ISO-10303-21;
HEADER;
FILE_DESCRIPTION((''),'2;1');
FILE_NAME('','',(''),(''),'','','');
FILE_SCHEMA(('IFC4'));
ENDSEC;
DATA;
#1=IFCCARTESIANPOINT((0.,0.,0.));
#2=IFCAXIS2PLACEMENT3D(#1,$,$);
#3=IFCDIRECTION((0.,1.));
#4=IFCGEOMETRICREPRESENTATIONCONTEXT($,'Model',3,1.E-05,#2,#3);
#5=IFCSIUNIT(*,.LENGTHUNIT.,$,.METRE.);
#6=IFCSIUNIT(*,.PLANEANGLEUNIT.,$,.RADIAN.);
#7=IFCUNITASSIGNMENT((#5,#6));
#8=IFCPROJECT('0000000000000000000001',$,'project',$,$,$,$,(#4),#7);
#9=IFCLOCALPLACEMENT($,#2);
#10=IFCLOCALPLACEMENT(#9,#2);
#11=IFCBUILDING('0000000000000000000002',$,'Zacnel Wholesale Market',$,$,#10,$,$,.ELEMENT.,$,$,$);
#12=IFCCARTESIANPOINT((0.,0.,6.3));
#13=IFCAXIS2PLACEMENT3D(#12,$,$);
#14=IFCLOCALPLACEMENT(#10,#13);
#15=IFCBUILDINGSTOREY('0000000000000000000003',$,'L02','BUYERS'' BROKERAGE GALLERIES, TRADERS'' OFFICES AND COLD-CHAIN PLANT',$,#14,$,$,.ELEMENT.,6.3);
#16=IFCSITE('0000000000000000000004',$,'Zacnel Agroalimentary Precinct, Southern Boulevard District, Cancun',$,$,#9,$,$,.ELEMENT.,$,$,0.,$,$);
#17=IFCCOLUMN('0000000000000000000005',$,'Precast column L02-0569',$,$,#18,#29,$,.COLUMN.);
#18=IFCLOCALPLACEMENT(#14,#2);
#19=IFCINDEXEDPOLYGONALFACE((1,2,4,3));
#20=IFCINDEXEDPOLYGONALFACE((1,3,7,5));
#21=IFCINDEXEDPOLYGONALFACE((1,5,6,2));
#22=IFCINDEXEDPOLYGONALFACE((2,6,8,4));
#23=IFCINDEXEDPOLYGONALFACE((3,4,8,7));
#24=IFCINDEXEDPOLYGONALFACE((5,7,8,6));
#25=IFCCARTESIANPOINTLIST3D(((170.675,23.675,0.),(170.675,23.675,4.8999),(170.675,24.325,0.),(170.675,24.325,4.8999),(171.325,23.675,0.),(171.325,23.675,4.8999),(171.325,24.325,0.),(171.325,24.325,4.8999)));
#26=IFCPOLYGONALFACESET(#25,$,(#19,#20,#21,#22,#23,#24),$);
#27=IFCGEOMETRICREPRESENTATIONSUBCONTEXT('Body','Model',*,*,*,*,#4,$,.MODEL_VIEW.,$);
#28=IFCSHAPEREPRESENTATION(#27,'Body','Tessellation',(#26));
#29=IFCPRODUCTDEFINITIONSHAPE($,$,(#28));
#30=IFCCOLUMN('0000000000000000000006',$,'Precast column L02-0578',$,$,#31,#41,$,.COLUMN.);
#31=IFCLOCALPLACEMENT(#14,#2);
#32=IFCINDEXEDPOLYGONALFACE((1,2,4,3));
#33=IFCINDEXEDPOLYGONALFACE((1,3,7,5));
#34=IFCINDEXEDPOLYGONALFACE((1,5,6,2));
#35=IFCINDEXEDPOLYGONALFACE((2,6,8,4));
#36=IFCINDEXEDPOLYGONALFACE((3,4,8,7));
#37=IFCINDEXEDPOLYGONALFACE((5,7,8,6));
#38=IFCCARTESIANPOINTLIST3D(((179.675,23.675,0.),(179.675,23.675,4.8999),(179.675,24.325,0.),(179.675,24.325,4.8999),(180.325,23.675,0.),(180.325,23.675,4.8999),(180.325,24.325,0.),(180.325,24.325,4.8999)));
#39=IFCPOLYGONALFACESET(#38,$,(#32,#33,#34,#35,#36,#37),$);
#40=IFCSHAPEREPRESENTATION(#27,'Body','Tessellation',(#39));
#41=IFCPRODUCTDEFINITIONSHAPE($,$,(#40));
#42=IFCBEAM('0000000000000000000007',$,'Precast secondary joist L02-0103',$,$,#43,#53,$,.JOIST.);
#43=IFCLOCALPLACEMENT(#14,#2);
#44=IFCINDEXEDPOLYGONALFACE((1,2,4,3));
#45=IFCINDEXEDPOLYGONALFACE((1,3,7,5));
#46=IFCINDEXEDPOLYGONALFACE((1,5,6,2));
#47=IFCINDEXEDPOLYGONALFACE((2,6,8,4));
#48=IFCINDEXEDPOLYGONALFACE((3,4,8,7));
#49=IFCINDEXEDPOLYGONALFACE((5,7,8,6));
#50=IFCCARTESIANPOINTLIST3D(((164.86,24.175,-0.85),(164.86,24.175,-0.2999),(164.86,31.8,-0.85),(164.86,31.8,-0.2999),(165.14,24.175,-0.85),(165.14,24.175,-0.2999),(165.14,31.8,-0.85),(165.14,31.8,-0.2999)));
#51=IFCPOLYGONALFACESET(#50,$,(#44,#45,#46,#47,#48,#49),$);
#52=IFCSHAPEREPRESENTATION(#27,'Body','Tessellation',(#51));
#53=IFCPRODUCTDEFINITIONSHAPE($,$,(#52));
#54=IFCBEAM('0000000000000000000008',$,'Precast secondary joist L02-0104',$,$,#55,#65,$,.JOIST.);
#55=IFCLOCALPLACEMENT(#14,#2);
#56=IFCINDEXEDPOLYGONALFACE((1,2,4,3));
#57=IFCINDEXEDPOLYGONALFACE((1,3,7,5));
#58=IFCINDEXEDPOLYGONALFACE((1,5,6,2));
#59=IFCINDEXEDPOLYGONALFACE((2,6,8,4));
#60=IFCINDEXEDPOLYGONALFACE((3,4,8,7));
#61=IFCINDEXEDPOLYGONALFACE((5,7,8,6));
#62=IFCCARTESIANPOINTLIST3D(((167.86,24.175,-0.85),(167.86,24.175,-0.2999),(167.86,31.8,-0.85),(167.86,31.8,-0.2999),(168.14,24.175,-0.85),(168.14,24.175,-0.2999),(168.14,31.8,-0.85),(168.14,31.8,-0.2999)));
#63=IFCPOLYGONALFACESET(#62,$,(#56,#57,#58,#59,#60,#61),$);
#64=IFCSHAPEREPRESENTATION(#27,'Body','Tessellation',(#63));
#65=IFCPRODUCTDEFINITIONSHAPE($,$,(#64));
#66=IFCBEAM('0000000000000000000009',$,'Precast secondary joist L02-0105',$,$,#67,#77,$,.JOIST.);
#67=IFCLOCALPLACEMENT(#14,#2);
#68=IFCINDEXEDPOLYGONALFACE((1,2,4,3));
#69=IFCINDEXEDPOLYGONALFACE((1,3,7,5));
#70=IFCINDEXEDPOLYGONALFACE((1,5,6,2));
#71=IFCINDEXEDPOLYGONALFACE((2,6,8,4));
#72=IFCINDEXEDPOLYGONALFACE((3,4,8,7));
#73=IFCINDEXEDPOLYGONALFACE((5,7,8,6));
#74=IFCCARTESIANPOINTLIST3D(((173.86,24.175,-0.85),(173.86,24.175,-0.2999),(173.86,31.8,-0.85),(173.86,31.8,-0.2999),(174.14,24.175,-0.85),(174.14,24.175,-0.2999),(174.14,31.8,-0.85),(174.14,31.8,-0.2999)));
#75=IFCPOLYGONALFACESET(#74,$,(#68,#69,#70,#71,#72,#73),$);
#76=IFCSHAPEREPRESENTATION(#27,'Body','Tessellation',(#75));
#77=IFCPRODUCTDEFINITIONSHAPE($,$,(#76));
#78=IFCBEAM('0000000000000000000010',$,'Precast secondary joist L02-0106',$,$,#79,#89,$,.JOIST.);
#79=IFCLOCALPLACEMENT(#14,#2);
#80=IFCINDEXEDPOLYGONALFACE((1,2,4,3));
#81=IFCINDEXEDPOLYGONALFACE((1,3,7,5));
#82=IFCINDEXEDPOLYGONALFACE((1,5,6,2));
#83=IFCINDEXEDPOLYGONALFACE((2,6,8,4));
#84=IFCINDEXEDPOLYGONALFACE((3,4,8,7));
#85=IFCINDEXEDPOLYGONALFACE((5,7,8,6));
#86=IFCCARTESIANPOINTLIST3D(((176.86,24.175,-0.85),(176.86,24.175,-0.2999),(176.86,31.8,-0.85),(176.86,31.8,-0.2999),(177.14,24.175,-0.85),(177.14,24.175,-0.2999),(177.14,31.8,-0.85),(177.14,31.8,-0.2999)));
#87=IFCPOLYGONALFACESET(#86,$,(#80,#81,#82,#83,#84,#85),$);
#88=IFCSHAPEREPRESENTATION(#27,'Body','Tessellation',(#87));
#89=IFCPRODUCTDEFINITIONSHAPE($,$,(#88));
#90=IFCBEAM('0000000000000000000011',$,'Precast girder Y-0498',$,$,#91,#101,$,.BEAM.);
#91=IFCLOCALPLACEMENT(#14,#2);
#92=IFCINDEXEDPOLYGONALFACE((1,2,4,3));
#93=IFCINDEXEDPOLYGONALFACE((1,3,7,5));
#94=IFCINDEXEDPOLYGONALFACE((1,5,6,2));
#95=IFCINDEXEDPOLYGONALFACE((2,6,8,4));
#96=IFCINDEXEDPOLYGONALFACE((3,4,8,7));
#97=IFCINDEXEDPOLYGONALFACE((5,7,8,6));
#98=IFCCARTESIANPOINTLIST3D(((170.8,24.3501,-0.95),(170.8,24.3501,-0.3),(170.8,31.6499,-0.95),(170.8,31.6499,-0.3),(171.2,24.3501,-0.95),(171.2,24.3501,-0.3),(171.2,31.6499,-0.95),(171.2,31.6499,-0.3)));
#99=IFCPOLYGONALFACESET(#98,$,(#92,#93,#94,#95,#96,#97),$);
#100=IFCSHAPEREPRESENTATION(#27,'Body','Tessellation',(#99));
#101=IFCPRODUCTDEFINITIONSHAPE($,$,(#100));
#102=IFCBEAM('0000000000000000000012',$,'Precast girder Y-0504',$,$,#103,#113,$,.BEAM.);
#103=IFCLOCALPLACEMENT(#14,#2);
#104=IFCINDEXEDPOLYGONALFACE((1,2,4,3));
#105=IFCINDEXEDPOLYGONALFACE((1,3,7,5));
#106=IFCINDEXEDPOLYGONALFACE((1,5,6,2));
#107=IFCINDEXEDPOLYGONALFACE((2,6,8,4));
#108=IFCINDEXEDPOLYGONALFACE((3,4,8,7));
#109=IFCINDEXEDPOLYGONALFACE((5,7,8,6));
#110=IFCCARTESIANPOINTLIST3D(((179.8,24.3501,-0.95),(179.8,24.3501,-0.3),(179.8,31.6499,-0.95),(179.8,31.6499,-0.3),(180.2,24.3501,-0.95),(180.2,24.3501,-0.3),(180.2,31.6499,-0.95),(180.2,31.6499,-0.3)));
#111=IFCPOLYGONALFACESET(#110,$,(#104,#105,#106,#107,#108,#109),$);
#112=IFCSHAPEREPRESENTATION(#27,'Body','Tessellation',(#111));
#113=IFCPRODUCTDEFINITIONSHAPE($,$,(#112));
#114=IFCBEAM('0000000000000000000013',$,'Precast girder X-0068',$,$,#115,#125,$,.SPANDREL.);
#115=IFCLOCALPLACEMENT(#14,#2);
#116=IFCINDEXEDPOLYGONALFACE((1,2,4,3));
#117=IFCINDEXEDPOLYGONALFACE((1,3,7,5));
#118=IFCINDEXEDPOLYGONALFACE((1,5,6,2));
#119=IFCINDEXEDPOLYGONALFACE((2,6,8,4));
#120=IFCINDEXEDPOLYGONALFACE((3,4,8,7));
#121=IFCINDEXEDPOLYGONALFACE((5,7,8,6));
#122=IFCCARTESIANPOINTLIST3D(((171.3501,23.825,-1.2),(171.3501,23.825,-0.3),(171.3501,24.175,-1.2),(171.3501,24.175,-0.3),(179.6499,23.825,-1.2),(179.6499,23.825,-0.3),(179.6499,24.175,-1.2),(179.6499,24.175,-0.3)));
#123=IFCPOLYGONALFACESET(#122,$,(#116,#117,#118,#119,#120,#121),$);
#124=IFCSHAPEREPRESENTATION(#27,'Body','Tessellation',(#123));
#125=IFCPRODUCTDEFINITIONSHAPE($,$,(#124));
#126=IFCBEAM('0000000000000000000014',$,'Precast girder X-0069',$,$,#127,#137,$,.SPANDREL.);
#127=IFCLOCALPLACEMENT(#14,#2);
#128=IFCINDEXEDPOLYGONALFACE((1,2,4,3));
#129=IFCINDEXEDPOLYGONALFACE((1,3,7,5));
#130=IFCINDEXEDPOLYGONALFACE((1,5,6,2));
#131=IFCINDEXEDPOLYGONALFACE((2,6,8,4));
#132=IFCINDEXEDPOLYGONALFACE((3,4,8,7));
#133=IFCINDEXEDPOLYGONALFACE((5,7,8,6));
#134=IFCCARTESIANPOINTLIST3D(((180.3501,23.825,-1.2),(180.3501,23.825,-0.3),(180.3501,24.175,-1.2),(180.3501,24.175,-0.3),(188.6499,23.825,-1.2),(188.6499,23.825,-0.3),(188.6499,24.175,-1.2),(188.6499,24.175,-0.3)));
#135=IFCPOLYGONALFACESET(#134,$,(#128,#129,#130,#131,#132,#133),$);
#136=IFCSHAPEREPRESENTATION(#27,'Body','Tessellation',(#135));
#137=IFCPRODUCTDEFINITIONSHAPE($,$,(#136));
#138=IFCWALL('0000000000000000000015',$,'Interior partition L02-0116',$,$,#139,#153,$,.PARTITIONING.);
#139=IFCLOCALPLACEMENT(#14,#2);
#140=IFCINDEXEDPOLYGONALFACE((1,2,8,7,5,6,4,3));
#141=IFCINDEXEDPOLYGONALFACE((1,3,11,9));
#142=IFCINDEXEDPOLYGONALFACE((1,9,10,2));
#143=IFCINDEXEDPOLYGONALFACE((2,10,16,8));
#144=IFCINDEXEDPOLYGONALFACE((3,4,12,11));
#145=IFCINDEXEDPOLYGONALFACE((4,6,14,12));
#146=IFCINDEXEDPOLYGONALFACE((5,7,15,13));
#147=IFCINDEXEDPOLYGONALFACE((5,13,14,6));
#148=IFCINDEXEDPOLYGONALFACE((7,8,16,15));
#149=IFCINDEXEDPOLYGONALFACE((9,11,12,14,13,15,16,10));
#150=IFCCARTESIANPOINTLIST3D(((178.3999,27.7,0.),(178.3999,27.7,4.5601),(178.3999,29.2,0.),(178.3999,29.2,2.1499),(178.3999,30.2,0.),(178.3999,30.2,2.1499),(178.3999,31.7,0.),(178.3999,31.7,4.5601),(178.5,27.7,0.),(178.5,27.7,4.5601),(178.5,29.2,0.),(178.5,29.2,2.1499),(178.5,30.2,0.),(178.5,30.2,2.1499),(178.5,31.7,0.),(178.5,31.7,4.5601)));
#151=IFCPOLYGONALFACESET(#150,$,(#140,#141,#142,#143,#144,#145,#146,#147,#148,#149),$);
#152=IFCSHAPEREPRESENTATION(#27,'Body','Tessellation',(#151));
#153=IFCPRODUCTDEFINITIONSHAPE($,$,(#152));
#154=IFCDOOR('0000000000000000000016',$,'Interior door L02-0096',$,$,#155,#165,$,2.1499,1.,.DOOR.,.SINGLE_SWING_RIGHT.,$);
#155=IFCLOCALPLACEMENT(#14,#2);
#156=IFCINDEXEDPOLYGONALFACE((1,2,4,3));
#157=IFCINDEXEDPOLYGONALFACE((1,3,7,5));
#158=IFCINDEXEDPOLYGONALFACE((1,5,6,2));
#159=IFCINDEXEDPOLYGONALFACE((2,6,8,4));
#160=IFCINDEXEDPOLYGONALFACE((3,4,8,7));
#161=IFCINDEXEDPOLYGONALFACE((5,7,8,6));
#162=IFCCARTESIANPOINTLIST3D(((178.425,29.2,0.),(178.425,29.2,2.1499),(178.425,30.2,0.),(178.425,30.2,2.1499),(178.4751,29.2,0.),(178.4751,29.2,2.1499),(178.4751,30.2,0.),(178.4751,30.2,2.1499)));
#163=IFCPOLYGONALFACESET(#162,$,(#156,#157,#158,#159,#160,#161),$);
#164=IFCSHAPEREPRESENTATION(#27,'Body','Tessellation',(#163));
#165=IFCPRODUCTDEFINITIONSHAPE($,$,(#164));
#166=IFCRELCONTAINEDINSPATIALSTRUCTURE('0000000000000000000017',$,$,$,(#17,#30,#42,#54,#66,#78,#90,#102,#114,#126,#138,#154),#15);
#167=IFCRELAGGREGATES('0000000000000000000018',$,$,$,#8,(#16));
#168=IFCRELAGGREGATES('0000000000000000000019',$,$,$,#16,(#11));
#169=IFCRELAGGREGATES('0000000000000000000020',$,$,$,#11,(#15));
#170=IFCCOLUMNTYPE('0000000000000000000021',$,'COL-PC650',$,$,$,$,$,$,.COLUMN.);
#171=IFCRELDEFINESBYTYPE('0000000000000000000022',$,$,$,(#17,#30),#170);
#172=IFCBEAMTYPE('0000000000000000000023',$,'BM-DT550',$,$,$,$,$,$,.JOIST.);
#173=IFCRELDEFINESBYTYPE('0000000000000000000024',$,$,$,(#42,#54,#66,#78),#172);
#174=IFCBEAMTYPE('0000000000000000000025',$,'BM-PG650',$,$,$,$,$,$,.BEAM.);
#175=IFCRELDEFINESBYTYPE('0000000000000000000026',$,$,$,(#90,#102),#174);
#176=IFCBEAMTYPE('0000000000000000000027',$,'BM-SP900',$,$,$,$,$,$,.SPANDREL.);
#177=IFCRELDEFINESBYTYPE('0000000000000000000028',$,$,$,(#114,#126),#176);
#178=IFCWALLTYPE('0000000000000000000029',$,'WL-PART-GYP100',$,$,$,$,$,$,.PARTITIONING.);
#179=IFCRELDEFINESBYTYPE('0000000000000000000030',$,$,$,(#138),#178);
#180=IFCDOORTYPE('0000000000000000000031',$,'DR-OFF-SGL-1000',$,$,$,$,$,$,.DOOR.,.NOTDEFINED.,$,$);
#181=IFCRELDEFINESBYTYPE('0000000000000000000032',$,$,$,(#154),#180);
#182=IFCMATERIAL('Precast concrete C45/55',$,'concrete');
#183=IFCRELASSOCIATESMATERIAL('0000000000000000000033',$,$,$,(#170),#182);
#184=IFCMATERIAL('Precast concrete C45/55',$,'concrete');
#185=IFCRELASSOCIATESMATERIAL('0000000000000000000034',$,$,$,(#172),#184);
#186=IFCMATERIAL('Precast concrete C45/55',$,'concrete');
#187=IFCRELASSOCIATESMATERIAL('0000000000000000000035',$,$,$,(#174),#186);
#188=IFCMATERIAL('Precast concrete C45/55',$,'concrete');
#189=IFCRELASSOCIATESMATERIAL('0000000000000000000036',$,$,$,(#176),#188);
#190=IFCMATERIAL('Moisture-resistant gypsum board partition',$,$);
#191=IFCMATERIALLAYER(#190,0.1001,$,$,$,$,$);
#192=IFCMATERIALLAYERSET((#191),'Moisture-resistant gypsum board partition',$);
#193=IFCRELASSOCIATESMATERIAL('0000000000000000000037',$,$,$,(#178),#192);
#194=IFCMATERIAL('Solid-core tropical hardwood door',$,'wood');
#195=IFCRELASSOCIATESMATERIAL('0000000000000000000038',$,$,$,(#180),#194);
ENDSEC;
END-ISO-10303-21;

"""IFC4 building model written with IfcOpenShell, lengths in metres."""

from ifc_helpers import new_model, si_unit, direction, frame, frame_2d, origin, origin_2d, place, context, subcontext, project, spatial, rectangle, extrude, material, layer, layer_set, material_profile, profile_set, type_object, element, fill, save


model = new_model("IFC4")

# Units and contexts
model_context = context("Model", 3, precision=1e-05, world=origin(), true_north=direction((0.0, 1.0)))
body_context = subcontext(model_context, "Body", "Model", "MODEL_VIEW")
ifc_project = project(units=[si_unit("LENGTHUNIT", "METRE"), si_unit("PLANEANGLEUNIT", "RADIAN")], contexts=[model_context])

# Site, building, storey
site_placement = place(None, origin())
site = spatial("IfcSite", under=ifc_project, at=site_placement, Name="Zacnel Agroalimentary Precinct, Southern Boulevard District, Cancun", CompositionType="ELEMENT", RefElevation=0.0)
building_placement = place(site_placement, origin())
building = spatial("IfcBuilding", under=site, at=building_placement, Name="Zacnel Wholesale Market", CompositionType="ELEMENT")
storey_placement = place(building_placement, frame((0.0, 0.0, 6.3)))
storey = spatial("IfcBuildingStorey", under=building, at=storey_placement, Name="L02", Description="BUYERS' BROKERAGE GALLERIES, TRADERS' OFFICES AND COLD-CHAIN PLANT", CompositionType="ELEMENT", Elevation=6.3)

# Columns
ifc_material_1 = material(Name="Precast concrete C45/55", Category="concrete")
ifc_material_profile_1 = material_profile(ifc_material_1, rectangle(XDim=0.6499, YDim=0.6499, at=origin_2d()), Name="PC 650x650")
ifc_profile_set_1 = profile_set([ifc_material_profile_1], Name="Precast concrete C45/55")
column_type = type_object("IfcColumnType", Name="COL-PC650", PredefinedType="COLUMN", material=ifc_profile_set_1)
for number, where, z_axis, x_axis, name in (
    (1, (171.0, 24.0, 0.0), (0.0, 0.0, 1.0), (1.0, 0.0, 0.0), "Precast column L02-0569"),
    (2, (180.0, 24.0, 0.0), (0.0, 0.0, 1.0), (1.0, 0.0, 0.0), "Precast column L02-0578"),
):
    element("IfcColumn", number, at=place(storey_placement, frame(where, z_axis=z_axis, x_axis=x_axis)), inside=storey, type_object=column_type, Name=name, PredefinedType="COLUMN", context=body_context, shape_type="SweptSolid", body=[
        extrude(rectangle(XDim=0.6499, YDim=0.6499, at=origin_2d()), origin(), (0.0, 0.0, 1.0), 4.8999),
    ])

# Beams
ifc_material_2 = material(Name="Precast concrete C45/55", Category="concrete")
ifc_material_profile_2 = material_profile(ifc_material_2, rectangle(XDim=0.28, YDim=0.55, at=origin_2d()), Name="DT RIB 280x550")
ifc_profile_set_2 = profile_set([ifc_material_profile_2], Name="Precast concrete C45/55")
beam_type_1 = type_object("IfcBeamType", Name="BM-DT550", PredefinedType="JOIST", material=ifc_profile_set_2)
for number, where, z_axis, x_axis, name in (
    (3, (165.0, 24.175, -0.575), (0.0, 1.0, 0.0), (-1.0, 0.0, 0.0), "Precast secondary joist L02-0103"),
    (4, (168.0, 24.175, -0.575), (0.0, 1.0, 0.0), (-1.0, 0.0, 0.0), "Precast secondary joist L02-0104"),
    (5, (174.0, 24.175, -0.575), (0.0, 1.0, 0.0), (-1.0, 0.0, 0.0), "Precast secondary joist L02-0105"),
    (6, (177.0, 24.175, -0.575), (0.0, 1.0, 0.0), (-1.0, 0.0, 0.0), "Precast secondary joist L02-0106"),
):
    element("IfcBeam", number, at=place(storey_placement, frame(where, z_axis=z_axis, x_axis=x_axis)), inside=storey, type_object=beam_type_1, Name=name, PredefinedType="JOIST", context=body_context, shape_type="SweptSolid", body=[
        extrude(rectangle(XDim=0.28, YDim=0.55, at=origin_2d()), origin(), (0.0, 0.0, 1.0), 7.625),
    ])
ifc_material_3 = material(Name="Precast concrete C45/55", Category="concrete")
ifc_material_profile_3 = material_profile(ifc_material_3, rectangle(XDim=0.3999, YDim=0.6499, at=origin_2d()), Name="PG 400x650")
ifc_profile_set_3 = profile_set([ifc_material_profile_3], Name="Precast concrete C45/55")
beam_type_2 = type_object("IfcBeamType", Name="BM-PG650", PredefinedType="BEAM", material=ifc_profile_set_3)
for number, where, z_axis, x_axis, name in (
    (7, (171.0, 24.3501, -0.625), (0.0, 1.0, 0.0), (-1.0, 0.0, 0.0), "Precast girder Y-0498"),
    (8, (180.0, 24.3501, -0.625), (0.0, 1.0, 0.0), (-1.0, 0.0, 0.0), "Precast girder Y-0504"),
):
    element("IfcBeam", number, at=place(storey_placement, frame(where, z_axis=z_axis, x_axis=x_axis)), inside=storey, type_object=beam_type_2, Name=name, PredefinedType="BEAM", context=body_context, shape_type="SweptSolid", body=[
        extrude(rectangle(XDim=0.3999, YDim=0.6499, at=origin_2d()), origin(), (0.0, 0.0, 1.0), 7.2998),
    ])
ifc_material_4 = material(Name="Precast concrete C45/55", Category="concrete")
ifc_material_profile_4 = material_profile(ifc_material_4, rectangle(XDim=0.3501, YDim=0.8999, at=origin_2d()), Name="SP 350x900")
ifc_profile_set_4 = profile_set([ifc_material_profile_4], Name="Precast concrete C45/55")
beam_type_3 = type_object("IfcBeamType", Name="BM-SP900", PredefinedType="SPANDREL", material=ifc_profile_set_4)
for number, where, z_axis, x_axis, name in (
    (9, (171.3501, 24.0, -0.75), (1.0, 0.0, 0.0), (0.0, 1.0, 0.0), "Precast girder X-0068"),
    (10, (180.3501, 24.0, -0.75), (1.0, 0.0, 0.0), (0.0, 1.0, 0.0), "Precast girder X-0069"),
):
    element("IfcBeam", number, at=place(storey_placement, frame(where, z_axis=z_axis, x_axis=x_axis)), inside=storey, type_object=beam_type_3, Name=name, PredefinedType="SPANDREL", context=body_context, shape_type="SweptSolid", body=[
        extrude(rectangle(XDim=0.3501, YDim=0.8999, at=origin_2d()), origin(), (0.0, 0.0, 1.0), 8.2998),
    ])

# Wall, opening, door
ifc_material_5 = material(Name="Moisture-resistant gypsum board partition")
ifc_layer_1 = layer(ifc_material_5, 0.1001)
ifc_layer_set_1 = layer_set([ifc_layer_1], Name="Moisture-resistant gypsum board partition")
wall_type_1 = type_object("IfcWallType", Name="WL-PART-GYP100", PredefinedType="PARTITIONING", material=ifc_layer_set_1)
wall_1_placement = place(storey_placement, frame((178.45, 27.7, 0.0), z_axis=(0.0, 0.0, 1.0), x_axis=(0.0, 1.0, 0.0)))
wall_1 = element("IfcWall", 11, at=wall_1_placement, inside=storey, type_object=wall_type_1, Name="Interior partition L02-0116", PredefinedType="PARTITIONING", context=body_context, shape_type="SweptSolid", body=[
    extrude(rectangle(XDim=4.0, YDim=0.1001, at=frame_2d((2.0, 0.0))), origin(), (0.0, 0.0, 1.0), 4.5601),
])
opening_1_placement = place(wall_1_placement, frame((1.5, 0.0, 0.0)))
opening_1 = element("IfcOpeningElement", 12, at=opening_1_placement, cuts=wall_1, PredefinedType="OPENING", context=body_context, shape_type="SweptSolid", body=[
    extrude(rectangle(XDim=1.0, YDim=2.1499, at=frame_2d((0.5, 1.075))), frame((0.0, 0.0601, 0.0), z_axis=(0.0, -1.0, 0.0), x_axis=(1.0, 0.0, 0.0)), (0.0, 0.0, 1.0), 0.1201),
])
ifc_material_6 = material(Name="Solid-core tropical hardwood door", Category="wood")
door_type_1 = type_object("IfcDoorType", Name="DR-OFF-SGL-1000", OperationType="NOTDEFINED", PredefinedType="DOOR", material=ifc_material_6)
door_1_placement = place(opening_1_placement, origin())
door_1 = element("IfcDoor", 13, at=door_1_placement, inside=storey, type_object=door_type_1, Name="Interior door L02-0096", OperationType="SINGLE_SWING_RIGHT", OverallHeight=2.1499, OverallWidth=1.0, PredefinedType="DOOR", context=body_context, shape_type="SweptSolid", body=[
    extrude(rectangle(XDim=1.0, YDim=2.1499, at=frame_2d((0.5, 1.075))), frame((0.0, 0.0249, 0.0), z_axis=(0.0, -1.0, 0.0), x_axis=(1.0, 0.0, 0.0)), (0.0, 0.0, 1.0), 0.05),
])
fill(opening_1, door_1)

save(model, "model.ifc")
